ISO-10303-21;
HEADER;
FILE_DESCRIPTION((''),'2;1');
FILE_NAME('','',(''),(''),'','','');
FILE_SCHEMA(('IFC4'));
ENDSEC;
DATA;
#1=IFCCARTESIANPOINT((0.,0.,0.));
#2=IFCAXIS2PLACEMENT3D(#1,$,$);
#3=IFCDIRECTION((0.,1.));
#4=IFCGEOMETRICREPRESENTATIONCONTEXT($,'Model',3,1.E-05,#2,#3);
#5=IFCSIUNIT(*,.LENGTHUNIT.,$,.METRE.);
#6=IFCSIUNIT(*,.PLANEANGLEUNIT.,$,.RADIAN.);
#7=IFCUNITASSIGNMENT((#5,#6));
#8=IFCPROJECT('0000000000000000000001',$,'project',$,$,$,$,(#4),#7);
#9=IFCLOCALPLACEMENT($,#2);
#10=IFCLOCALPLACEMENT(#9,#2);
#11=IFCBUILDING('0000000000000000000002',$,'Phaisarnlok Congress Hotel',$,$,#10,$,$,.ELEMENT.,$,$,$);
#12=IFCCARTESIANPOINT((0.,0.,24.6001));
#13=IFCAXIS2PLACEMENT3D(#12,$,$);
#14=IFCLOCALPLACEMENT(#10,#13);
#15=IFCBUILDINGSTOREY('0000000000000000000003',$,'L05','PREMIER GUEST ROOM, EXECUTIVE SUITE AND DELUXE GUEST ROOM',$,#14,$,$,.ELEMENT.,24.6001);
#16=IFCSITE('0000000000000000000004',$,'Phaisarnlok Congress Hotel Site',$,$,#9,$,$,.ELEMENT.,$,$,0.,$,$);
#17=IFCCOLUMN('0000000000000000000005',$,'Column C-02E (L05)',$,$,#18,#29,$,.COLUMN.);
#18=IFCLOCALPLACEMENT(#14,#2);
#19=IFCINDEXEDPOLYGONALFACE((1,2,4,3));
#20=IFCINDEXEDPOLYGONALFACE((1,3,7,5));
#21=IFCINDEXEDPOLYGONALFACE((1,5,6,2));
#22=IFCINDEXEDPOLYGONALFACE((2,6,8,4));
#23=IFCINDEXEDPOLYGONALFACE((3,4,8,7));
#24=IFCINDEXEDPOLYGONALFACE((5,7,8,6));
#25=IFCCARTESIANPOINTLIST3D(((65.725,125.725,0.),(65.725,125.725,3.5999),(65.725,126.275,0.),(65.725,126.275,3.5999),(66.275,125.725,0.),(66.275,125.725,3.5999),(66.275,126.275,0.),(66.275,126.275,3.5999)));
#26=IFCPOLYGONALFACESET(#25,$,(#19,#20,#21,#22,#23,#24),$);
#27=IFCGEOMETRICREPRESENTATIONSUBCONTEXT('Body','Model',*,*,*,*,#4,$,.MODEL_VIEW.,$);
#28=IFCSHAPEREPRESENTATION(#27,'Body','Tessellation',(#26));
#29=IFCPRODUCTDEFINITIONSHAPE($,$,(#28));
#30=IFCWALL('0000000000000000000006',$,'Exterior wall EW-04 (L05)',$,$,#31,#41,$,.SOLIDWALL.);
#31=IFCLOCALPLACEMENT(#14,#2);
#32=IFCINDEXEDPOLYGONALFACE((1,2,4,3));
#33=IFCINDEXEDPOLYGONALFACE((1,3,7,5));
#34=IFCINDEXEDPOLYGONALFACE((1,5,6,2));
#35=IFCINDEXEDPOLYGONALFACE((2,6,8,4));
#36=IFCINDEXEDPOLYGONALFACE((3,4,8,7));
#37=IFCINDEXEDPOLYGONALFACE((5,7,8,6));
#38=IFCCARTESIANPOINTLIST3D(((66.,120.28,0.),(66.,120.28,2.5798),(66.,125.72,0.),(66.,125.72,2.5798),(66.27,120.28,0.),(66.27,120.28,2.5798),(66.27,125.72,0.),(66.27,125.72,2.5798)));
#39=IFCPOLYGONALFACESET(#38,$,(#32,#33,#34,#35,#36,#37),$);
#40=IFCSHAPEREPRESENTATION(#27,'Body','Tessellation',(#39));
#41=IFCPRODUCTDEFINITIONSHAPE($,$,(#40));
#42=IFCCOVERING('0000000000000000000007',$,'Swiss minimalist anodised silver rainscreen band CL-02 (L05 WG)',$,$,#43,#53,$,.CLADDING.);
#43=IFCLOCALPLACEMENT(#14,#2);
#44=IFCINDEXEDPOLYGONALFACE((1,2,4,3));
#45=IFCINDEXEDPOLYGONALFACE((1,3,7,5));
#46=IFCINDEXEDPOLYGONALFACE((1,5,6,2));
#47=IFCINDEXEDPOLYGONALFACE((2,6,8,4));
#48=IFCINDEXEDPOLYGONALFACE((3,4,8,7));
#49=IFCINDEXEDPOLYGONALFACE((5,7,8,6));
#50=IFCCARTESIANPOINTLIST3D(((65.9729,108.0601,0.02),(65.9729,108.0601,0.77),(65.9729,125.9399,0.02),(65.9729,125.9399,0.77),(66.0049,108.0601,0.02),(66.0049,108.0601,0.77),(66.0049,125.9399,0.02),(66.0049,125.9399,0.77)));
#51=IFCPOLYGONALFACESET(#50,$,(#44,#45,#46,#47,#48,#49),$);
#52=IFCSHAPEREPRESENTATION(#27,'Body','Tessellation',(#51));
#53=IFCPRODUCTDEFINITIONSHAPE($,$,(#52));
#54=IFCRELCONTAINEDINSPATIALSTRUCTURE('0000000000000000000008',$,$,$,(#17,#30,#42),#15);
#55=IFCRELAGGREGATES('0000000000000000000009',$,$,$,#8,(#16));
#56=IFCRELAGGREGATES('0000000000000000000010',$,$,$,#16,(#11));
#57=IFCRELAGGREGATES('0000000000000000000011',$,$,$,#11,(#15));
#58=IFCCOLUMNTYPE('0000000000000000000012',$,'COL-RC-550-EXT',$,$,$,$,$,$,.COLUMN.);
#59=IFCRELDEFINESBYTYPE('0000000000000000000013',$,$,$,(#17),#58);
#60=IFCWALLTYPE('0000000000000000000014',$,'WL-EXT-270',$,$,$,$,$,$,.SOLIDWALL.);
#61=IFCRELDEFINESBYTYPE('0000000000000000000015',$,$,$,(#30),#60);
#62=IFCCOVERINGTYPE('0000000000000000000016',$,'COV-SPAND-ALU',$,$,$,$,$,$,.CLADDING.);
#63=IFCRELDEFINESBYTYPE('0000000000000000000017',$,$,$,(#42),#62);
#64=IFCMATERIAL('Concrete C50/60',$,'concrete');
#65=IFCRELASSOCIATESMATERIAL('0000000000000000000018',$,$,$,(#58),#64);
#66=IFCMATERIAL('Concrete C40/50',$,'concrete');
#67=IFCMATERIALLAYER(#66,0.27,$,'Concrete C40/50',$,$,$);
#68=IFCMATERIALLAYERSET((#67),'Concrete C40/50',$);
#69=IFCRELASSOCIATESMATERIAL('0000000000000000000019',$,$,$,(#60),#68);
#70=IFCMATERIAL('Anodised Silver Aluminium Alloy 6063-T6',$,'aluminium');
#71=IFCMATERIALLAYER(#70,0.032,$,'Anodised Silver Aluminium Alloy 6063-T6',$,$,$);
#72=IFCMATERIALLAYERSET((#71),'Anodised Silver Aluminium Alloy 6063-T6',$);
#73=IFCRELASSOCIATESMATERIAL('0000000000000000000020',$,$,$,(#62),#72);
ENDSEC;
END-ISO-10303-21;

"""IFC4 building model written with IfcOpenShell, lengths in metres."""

from ifc_helpers import new_model, si_unit, direction, frame, frame_2d, origin, origin_2d, place, context, subcontext, project, spatial, polyline, rectangle, outline, extrude, material, layer, layer_set, material_profile, profile_set, type_object, element, save


model = new_model("IFC4")

# Units and contexts
model_context = context("Model", 3, precision=1e-05, world=origin(), true_north=direction((0.0, 1.0)))
body_context = subcontext(model_context, "Body", "Model", "MODEL_VIEW")
ifc_project = project(units=[si_unit("LENGTHUNIT", "METRE"), si_unit("PLANEANGLEUNIT", "RADIAN")], contexts=[model_context])

# Site, building, storey
site_placement = place(None, origin())
site = spatial("IfcSite", under=ifc_project, at=site_placement, Name="Phaisarnlok Congress Hotel Site", CompositionType="ELEMENT", RefElevation=0.0)
building_placement = place(site_placement, origin())
building = spatial("IfcBuilding", under=site, at=building_placement, Name="Phaisarnlok Congress Hotel", CompositionType="ELEMENT")
storey_placement = place(building_placement, frame((0.0, 0.0, 24.6001)))
storey = spatial("IfcBuildingStorey", under=building, at=storey_placement, Name="L05", Description="PREMIER GUEST ROOM, EXECUTIVE SUITE AND DELUXE GUEST ROOM", CompositionType="ELEMENT", Elevation=24.6001)

# Column
ifc_material_1 = material(Name="Concrete C50/60", Category="concrete")
ifc_material_profile = material_profile(ifc_material_1, rectangle(XDim=0.55, YDim=0.55, at=origin_2d()), Name="RC 550x550")
ifc_profile_set = profile_set([ifc_material_profile], Name="Concrete C50/60")
column_type = type_object("IfcColumnType", Name="COL-RC-550-EXT", PredefinedType="COLUMN", material=ifc_profile_set)
column_placement = place(storey_placement, frame((66.0, 126.0, 0.0), z_axis=(0.0, 0.0, 1.0), x_axis=(1.0, 0.0, 0.0)))
element("IfcColumn", 1, at=column_placement, inside=storey, type_object=column_type, Name="Column C-02E (L05)", PredefinedType="COLUMN", context=body_context, shape_type="SweptSolid", body=[
    extrude(rectangle(XDim=0.55, YDim=0.55, at=origin_2d()), origin(), (0.0, 0.0, 1.0), 3.5999),
])

# Wall
ifc_material_2 = material(Name="Concrete C40/50", Category="concrete")
ifc_layer_1 = layer(ifc_material_2, 0.27, Name="Concrete C40/50")
ifc_layer_set_1 = layer_set([ifc_layer_1], Name="Concrete C40/50")
wall_type = type_object("IfcWallType", Name="WL-EXT-270", PredefinedType="SOLIDWALL", material=ifc_layer_set_1)
wall_placement = place(storey_placement, frame((66.135, 125.72, 0.0), z_axis=(0.0, 0.0, 1.0), x_axis=(0.0, -1.0, 0.0)))
element("IfcWall", 2, at=wall_placement, inside=storey, type_object=wall_type, Name="Exterior wall EW-04 (L05)", PredefinedType="SOLIDWALL", context=body_context, shape_type="SweptSolid", body=[
    extrude(rectangle(XDim=5.4399, YDim=0.27, at=frame_2d((2.72, 0.0))), origin(), (0.0, 0.0, 1.0), 2.5798),
])

# Covering
ifc_material_3 = material(Name="Anodised Silver Aluminium Alloy 6063-T6", Category="aluminium")
ifc_layer_2 = layer(ifc_material_3, 0.032, Name="Anodised Silver Aluminium Alloy 6063-T6")
ifc_layer_set_2 = layer_set([ifc_layer_2], Name="Anodised Silver Aluminium Alloy 6063-T6")
covering_type = type_object("IfcCoveringType", Name="COV-SPAND-ALU", PredefinedType="CLADDING", material=ifc_layer_set_2)
covering_placement = place(storey_placement, frame((66.0049, 125.9399, 0.02), z_axis=(-1.0, 0.0, 0.0), x_axis=(0.0, -1.0, 0.0)))
element("IfcCovering", 3, at=covering_placement, inside=storey, type_object=covering_type, Name="Swiss minimalist anodised silver rainscreen band CL-02 (L05 WG)", PredefinedType="CLADDING", context=body_context, shape_type="SweptSolid", body=[
    extrude(outline(polyline([(0.0, 0.0), (17.8799, 0.0), (17.8799, 0.75), (0.0, 0.75), (0.0, 0.0)])), origin(), (0.0, 0.0, 1.0), 0.032),
])

save(model, "model.ifc")
